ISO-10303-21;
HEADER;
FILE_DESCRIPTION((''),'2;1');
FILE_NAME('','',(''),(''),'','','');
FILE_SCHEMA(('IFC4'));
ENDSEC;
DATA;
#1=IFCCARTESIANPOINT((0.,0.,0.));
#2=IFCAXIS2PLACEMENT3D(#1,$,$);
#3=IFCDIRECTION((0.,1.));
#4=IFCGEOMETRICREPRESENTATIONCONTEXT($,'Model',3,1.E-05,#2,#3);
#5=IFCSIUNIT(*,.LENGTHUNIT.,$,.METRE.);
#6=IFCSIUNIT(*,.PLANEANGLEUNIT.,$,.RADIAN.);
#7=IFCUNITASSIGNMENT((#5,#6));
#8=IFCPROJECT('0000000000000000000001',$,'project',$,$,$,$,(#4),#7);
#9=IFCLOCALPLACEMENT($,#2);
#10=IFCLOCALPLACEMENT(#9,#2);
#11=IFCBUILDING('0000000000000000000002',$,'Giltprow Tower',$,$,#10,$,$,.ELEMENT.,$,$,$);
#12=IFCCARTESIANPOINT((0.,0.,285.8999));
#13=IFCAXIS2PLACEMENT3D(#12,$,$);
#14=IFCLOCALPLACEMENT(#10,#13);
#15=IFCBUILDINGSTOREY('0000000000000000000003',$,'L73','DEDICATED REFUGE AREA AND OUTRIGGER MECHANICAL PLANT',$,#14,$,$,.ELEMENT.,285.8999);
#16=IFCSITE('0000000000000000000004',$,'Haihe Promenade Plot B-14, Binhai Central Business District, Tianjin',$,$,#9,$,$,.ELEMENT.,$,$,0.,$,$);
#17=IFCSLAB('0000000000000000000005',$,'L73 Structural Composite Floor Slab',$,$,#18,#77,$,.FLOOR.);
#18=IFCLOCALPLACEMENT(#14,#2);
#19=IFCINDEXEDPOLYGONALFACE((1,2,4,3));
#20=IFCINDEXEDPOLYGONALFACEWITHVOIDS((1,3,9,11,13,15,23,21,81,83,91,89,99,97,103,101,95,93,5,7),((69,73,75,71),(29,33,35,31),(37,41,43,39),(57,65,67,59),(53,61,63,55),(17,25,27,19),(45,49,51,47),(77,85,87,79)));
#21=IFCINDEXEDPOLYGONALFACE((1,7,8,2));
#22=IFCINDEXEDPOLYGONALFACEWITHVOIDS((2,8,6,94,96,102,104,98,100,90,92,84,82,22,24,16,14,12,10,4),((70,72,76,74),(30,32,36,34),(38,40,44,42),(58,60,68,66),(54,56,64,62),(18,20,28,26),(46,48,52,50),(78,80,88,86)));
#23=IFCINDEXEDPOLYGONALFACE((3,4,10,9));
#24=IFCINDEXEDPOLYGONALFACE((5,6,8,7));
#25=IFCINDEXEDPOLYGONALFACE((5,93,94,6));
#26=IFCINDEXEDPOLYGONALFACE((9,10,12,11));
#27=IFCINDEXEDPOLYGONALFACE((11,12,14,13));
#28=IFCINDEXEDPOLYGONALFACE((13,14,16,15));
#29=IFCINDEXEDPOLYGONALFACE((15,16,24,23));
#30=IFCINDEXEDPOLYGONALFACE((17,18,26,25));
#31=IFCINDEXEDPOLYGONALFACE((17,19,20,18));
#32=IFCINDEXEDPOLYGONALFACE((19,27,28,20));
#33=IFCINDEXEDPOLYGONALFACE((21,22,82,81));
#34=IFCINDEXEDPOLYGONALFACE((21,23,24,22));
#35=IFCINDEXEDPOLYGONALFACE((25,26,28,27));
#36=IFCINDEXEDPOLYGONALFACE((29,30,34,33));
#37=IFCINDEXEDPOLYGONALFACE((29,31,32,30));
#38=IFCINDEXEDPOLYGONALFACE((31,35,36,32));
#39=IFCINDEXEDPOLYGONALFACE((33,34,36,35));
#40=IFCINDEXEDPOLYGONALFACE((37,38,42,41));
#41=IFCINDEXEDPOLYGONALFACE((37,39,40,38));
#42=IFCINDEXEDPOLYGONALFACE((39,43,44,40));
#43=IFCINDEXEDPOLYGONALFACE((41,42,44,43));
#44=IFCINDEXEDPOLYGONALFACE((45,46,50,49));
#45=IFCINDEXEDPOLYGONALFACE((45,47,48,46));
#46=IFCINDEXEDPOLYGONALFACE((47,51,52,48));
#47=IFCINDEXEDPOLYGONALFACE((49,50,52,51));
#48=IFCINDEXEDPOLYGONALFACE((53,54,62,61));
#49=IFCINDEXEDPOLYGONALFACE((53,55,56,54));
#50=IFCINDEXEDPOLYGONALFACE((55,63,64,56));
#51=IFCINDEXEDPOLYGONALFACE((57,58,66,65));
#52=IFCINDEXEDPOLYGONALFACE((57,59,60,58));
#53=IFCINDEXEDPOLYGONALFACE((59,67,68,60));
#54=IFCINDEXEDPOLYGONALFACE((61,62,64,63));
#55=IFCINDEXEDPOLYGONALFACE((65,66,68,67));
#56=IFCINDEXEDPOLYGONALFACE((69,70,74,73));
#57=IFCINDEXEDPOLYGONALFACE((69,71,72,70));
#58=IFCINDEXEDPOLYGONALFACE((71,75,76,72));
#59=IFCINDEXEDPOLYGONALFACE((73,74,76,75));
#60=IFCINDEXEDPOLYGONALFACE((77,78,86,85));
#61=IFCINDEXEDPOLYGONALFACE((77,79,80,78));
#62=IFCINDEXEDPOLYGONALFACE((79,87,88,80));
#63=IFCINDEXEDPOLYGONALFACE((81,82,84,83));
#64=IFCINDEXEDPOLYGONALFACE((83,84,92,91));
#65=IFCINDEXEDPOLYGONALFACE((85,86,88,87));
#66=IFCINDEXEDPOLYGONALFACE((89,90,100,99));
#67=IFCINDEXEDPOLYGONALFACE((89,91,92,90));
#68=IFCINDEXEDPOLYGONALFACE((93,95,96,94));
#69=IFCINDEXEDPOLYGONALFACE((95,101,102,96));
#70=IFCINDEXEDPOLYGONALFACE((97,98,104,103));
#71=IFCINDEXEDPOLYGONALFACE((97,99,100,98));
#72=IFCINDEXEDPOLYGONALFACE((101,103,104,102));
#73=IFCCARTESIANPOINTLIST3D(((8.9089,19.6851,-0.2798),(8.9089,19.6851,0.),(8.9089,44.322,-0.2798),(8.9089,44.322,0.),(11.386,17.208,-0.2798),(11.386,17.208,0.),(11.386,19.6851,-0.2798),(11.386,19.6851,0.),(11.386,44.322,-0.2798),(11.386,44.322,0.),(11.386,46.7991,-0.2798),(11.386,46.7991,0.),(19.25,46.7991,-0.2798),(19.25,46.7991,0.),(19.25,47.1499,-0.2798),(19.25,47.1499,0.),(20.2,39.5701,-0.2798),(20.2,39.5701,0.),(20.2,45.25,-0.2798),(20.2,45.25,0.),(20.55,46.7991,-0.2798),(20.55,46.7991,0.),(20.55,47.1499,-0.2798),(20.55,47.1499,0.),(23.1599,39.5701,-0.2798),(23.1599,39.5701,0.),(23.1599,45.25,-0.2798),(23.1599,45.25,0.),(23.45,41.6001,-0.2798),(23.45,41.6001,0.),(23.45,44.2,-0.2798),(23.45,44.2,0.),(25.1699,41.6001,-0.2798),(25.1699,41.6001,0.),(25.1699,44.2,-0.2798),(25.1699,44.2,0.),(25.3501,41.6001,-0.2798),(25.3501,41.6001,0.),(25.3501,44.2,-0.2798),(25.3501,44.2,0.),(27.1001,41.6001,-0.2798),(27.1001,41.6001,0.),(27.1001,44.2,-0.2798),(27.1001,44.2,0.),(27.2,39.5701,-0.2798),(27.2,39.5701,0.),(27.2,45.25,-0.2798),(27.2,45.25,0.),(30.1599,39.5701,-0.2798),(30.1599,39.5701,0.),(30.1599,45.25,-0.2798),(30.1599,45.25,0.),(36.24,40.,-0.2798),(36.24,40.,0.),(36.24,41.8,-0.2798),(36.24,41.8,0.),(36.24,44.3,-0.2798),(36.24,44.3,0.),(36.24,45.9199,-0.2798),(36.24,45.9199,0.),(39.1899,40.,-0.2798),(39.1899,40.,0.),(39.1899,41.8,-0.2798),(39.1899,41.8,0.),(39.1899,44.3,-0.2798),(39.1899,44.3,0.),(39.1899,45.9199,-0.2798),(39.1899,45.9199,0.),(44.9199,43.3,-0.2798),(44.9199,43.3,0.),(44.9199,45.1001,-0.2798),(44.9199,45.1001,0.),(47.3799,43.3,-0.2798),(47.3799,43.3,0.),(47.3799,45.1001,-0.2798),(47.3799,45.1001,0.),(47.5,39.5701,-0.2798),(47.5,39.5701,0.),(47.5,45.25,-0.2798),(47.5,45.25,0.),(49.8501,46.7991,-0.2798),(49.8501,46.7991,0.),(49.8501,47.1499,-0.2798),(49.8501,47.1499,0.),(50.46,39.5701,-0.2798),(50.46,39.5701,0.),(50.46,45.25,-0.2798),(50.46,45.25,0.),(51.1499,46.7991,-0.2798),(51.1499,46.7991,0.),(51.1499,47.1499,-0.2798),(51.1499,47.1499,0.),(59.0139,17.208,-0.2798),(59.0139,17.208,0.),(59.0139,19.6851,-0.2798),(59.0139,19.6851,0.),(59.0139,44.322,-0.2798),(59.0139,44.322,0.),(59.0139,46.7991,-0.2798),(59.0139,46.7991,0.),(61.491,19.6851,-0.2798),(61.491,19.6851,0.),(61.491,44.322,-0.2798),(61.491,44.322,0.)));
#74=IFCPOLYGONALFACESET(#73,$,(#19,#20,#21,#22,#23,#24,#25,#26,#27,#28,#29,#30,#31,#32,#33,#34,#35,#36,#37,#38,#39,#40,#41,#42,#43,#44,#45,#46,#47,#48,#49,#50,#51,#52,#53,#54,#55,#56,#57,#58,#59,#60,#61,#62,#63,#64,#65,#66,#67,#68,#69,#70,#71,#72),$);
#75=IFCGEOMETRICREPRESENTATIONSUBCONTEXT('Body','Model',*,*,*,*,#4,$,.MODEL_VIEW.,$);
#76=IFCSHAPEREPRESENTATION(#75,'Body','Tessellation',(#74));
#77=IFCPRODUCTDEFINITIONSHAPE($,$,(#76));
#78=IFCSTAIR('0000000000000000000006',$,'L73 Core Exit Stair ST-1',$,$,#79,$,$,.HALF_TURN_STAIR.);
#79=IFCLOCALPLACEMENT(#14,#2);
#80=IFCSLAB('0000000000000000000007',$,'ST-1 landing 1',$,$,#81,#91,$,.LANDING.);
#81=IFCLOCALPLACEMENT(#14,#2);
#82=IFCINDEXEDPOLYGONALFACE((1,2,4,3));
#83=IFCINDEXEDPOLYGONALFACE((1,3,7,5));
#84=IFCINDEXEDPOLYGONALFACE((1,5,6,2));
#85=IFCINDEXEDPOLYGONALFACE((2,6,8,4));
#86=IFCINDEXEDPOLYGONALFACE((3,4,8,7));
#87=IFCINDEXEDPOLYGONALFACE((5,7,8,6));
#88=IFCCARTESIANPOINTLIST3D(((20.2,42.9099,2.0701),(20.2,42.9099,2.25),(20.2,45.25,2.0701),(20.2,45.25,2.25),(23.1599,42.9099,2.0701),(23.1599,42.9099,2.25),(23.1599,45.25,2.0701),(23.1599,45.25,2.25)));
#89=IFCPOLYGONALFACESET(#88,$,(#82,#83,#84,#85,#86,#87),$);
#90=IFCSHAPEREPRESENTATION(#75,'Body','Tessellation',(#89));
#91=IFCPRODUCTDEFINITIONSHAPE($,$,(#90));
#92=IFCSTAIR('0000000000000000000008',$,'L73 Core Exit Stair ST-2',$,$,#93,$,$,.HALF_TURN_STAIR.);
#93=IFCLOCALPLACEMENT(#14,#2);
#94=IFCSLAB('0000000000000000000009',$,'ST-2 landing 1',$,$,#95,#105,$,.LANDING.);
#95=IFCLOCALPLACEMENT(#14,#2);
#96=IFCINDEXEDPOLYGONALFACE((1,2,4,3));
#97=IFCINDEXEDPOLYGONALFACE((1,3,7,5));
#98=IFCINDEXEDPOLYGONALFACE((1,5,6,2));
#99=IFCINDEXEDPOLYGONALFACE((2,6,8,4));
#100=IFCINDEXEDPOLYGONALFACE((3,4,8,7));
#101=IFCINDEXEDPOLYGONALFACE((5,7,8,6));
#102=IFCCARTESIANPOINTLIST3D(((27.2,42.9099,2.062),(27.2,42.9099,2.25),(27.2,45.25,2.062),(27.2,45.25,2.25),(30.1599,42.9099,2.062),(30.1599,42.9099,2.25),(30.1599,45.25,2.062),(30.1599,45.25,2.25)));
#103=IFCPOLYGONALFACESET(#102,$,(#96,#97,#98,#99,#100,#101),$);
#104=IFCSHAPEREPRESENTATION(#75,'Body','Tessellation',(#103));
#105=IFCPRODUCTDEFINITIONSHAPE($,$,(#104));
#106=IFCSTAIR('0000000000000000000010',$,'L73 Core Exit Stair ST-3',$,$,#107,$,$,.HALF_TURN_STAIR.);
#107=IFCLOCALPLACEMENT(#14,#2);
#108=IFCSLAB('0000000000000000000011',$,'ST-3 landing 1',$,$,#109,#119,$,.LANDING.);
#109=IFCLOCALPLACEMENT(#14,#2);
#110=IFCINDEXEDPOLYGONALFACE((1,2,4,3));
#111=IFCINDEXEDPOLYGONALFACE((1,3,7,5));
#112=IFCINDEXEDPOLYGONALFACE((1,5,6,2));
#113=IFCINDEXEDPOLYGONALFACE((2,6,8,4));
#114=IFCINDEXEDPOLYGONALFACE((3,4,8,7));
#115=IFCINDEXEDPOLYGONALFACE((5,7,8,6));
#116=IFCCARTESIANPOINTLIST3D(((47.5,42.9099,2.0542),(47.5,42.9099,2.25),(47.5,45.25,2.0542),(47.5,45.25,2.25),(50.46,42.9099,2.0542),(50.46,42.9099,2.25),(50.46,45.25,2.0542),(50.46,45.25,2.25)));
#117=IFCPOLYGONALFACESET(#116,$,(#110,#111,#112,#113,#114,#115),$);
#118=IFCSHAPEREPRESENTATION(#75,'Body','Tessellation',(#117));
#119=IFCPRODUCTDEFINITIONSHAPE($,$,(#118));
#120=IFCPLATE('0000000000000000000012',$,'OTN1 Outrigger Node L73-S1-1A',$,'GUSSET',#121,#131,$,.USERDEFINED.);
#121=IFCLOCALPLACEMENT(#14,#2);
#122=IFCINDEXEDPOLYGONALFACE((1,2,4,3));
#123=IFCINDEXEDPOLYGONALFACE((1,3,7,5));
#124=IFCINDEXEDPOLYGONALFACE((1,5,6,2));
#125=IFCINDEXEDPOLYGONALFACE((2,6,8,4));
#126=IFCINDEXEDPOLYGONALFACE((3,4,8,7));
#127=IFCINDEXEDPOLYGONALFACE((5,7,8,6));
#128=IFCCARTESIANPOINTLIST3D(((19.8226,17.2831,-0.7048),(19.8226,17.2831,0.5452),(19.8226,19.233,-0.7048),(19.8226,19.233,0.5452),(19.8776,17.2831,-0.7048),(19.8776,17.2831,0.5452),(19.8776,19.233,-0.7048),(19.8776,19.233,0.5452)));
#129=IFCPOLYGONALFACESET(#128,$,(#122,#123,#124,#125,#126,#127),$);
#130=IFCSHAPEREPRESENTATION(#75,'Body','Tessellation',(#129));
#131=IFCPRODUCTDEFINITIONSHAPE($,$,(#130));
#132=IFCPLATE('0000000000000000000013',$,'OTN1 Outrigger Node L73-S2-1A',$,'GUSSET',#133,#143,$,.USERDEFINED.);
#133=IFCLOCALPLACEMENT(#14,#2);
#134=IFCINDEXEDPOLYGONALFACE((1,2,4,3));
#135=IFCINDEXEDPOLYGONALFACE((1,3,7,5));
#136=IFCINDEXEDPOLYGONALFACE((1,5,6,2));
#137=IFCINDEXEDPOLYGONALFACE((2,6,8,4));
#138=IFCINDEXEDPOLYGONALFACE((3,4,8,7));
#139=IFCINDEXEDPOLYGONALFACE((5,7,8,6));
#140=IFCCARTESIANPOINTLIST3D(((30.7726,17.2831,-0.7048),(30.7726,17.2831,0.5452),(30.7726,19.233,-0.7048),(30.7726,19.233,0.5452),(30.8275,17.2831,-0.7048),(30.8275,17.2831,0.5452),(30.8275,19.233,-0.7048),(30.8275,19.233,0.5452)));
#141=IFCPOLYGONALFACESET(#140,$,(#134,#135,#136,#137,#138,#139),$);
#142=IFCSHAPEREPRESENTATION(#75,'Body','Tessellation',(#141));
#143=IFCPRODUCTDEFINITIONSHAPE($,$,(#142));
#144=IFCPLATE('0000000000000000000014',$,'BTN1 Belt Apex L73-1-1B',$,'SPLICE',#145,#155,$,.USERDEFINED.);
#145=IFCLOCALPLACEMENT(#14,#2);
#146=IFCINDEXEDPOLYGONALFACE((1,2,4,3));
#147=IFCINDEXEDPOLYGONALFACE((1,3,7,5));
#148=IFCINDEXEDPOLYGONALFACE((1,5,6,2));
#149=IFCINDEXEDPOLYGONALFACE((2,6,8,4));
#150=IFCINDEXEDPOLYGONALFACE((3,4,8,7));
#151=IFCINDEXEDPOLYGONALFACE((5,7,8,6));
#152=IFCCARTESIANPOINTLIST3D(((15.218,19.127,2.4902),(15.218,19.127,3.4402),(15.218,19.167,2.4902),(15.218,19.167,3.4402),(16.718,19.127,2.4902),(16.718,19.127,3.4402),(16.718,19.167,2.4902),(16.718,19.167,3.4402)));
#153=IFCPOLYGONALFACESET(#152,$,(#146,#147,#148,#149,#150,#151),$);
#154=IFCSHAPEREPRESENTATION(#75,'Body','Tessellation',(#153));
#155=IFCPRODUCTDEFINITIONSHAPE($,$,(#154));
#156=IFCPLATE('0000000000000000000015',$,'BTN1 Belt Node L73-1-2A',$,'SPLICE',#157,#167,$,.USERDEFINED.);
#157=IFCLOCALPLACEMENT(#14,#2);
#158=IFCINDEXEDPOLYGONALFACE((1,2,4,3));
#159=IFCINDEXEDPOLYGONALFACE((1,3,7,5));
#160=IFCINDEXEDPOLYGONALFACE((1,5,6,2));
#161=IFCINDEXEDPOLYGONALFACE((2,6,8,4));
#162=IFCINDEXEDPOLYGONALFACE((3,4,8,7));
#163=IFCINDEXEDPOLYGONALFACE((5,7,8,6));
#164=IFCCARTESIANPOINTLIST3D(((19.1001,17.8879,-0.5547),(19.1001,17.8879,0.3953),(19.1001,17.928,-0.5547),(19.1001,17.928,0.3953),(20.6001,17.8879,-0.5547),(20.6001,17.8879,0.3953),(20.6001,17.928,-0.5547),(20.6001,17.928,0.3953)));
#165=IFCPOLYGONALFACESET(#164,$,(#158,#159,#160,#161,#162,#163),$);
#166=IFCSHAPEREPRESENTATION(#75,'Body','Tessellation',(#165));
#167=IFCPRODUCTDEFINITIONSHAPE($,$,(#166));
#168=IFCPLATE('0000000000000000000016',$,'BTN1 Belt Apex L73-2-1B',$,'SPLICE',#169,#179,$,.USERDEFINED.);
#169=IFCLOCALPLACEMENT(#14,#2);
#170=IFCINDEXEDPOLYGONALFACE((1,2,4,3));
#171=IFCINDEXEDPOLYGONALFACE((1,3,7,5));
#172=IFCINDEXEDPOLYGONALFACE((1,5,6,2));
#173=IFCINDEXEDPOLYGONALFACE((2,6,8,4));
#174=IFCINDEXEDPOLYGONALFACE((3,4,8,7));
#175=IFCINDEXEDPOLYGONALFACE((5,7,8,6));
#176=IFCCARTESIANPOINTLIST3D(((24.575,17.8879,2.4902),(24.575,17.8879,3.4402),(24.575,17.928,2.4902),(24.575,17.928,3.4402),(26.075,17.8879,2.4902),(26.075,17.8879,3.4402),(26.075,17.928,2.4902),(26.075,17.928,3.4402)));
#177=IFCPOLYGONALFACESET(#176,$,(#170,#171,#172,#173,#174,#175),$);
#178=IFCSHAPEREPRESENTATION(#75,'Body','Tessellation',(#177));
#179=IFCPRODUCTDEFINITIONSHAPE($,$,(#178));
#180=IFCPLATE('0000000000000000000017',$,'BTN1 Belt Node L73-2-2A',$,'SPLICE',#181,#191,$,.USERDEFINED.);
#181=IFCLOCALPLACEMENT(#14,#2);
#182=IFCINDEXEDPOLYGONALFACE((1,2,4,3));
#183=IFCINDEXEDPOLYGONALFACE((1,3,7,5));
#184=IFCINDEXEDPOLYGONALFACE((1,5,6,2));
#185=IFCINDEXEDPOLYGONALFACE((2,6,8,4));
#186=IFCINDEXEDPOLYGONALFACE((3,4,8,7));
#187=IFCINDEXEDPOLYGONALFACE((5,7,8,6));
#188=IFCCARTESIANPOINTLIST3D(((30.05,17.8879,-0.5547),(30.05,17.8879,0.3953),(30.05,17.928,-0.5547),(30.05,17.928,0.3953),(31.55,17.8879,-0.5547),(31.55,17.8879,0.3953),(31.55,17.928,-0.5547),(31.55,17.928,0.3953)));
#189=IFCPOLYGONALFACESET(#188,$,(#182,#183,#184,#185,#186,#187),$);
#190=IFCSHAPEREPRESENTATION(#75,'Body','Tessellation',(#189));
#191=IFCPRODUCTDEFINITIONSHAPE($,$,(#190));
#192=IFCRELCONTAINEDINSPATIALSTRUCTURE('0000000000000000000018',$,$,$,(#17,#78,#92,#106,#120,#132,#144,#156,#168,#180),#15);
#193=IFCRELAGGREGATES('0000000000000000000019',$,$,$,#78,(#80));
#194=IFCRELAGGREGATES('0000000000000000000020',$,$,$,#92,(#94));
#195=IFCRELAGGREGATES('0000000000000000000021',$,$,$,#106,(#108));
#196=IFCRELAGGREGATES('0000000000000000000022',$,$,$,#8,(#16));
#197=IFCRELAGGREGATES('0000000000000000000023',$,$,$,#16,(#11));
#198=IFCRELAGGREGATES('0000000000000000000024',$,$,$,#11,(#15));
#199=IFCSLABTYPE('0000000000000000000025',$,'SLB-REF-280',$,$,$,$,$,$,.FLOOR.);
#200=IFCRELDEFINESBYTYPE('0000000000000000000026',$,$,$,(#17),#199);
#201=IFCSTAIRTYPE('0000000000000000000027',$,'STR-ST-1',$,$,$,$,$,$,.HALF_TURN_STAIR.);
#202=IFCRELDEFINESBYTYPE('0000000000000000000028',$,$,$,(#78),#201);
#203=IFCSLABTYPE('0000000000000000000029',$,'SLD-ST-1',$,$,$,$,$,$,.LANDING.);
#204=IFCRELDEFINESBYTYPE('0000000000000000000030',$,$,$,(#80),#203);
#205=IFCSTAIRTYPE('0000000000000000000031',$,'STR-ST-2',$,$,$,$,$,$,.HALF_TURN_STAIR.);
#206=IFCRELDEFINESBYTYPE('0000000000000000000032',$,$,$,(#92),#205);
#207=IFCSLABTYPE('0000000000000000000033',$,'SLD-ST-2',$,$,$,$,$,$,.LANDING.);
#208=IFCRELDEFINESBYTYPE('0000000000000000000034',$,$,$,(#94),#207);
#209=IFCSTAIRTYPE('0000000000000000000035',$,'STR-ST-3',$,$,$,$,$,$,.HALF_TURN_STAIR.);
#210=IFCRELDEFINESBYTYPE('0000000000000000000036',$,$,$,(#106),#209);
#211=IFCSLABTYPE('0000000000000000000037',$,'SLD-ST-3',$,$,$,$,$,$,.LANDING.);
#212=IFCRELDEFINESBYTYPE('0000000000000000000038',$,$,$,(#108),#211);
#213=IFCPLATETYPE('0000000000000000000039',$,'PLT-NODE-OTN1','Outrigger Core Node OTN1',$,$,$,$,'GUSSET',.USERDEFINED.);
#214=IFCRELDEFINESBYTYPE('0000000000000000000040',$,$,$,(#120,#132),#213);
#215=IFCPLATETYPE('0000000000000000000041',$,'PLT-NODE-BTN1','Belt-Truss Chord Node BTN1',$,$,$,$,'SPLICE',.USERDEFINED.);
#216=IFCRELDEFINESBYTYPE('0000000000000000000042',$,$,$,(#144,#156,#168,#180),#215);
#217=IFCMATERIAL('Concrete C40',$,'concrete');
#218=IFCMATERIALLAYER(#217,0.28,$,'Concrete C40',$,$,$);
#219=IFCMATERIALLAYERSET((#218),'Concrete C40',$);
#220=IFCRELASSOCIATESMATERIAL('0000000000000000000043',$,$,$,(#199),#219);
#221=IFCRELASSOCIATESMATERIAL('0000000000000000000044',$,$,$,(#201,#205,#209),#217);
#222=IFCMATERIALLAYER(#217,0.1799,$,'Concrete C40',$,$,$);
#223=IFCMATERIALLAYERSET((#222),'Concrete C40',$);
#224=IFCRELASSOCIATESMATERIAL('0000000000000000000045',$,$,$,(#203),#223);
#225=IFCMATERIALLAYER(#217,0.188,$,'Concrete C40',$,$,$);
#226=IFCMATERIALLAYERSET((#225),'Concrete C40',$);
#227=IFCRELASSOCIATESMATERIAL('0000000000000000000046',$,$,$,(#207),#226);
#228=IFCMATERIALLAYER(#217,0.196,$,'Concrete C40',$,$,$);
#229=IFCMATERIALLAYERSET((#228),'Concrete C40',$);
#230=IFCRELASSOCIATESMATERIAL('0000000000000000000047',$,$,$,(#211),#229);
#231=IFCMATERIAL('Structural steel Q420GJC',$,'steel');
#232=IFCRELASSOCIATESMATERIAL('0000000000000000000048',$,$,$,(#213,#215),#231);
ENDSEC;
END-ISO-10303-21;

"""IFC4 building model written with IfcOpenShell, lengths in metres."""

from ifc_helpers import new_model, si_unit, direction, frame, origin, origin_2d, place, context, subcontext, project, spatial, polyline, rectangle, outline, extrude, source, transform, mapped, material, layer, layer_set, type_object, element, aggregate, save


model = new_model("IFC4")

# Units and contexts
model_context = context("Model", 3, precision=1e-05, world=origin(), true_north=direction((0.0, 1.0)))
body_context = subcontext(model_context, "Body", "Model", "MODEL_VIEW")
ifc_project = project(units=[si_unit("LENGTHUNIT", "METRE"), si_unit("PLANEANGLEUNIT", "RADIAN")], contexts=[model_context])

# Site, building, storey
site_placement = place(None, origin())
site = spatial("IfcSite", under=ifc_project, at=site_placement, Name="Haihe Promenade Plot B-14, Binhai Central Business District, Tianjin", CompositionType="ELEMENT", RefElevation=0.0)
building_placement = place(site_placement, origin())
building = spatial("IfcBuilding", under=site, at=building_placement, Name="Giltprow Tower", CompositionType="ELEMENT")
storey_placement = place(building_placement, frame((0.0, 0.0, 285.8999)))
storey = spatial("IfcBuildingStorey", under=building, at=storey_placement, Name="L73", Description="DEDICATED REFUGE AREA AND OUTRIGGER MECHANICAL PLANT", CompositionType="ELEMENT", Elevation=285.8999)

# Shared definitions
ifc_material_1 = material(Name="Structural steel Q420GJC", Category="steel")

# Slab
ifc_material_2 = material(Name="Concrete C40", Category="concrete")
ifc_layer_1 = layer(ifc_material_2, 0.28, Name="Concrete C40")
ifc_layer_set_1 = layer_set([ifc_layer_1], Name="Concrete C40")
slab_type_1 = type_object("IfcSlabType", Name="SLB-REF-280", PredefinedType="FLOOR", material=ifc_layer_set_1)
slab_1_placement = place(storey_placement, frame((0.0, 0.0, -0.2798)))
element("IfcSlab", 1, at=slab_1_placement, inside=storey, type_object=slab_type_1, Name="L73 Structural Composite Floor Slab", PredefinedType="FLOOR", context=body_context, shape_type="SweptSolid", body=[
    extrude(outline(polyline([(61.491, 44.322), (61.491, 19.6851), (59.0139, 19.6851), (59.0139, 17.208), (11.386, 17.208), (11.386, 19.6851), (8.9089, 19.6851), (8.9089, 44.322), (11.386, 44.322), (11.386, 46.7991), (19.25, 46.7991), (19.25, 47.1499), (20.55, 47.1499), (20.55, 46.7991), (49.8501, 46.7991), (49.8501, 47.1499), (51.1499, 47.1499), (51.1499, 46.7991), (59.0139, 46.7991), (59.0139, 44.322), (61.491, 44.322)]), holes=[polyline([(39.1899, 41.8), (36.24, 41.8), (36.24, 40.0), (39.1899, 40.0), (39.1899, 41.8)]), polyline([(23.1599, 45.25), (20.2, 45.25), (20.2, 39.5701), (23.1599, 39.5701), (23.1599, 45.25)]), polyline([(30.1599, 45.25), (27.2, 45.25), (27.2, 39.5701), (30.1599, 39.5701), (30.1599, 45.25)]), polyline([(50.46, 45.25), (47.5, 45.25), (47.5, 39.5701), (50.46, 39.5701), (50.46, 45.25)]), polyline([(25.1699, 44.2), (23.45, 44.2), (23.45, 41.6001), (25.1699, 41.6001), (25.1699, 44.2)]), polyline([(27.1001, 44.2), (25.3501, 44.2), (25.3501, 41.6001), (27.1001, 41.6001), (27.1001, 44.2)]), polyline([(47.3799, 45.1001), (44.9199, 45.1001), (44.9199, 43.3), (47.3799, 43.3), (47.3799, 45.1001)]), polyline([(39.1899, 45.9199), (36.24, 45.9199), (36.24, 44.3), (39.1899, 44.3), (39.1899, 45.9199)])]), origin(), (0.0, 0.0, 1.0), 0.2798),
])

# Stairs, slabs
stair_type_1 = type_object("IfcStairType", Name="STR-ST-1", PredefinedType="HALF_TURN_STAIR", material=ifc_material_2)
stair_1_placement = place(storey_placement, origin())
stair_1 = element("IfcStair", 2, at=stair_1_placement, inside=storey, type_object=stair_type_1, Name="L73 Core Exit Stair ST-1", PredefinedType="HALF_TURN_STAIR")
ifc_layer_2 = layer(ifc_material_2, 0.1799, Name="Concrete C40")
ifc_layer_set_2 = layer_set([ifc_layer_2], Name="Concrete C40")
slab_type_2 = type_object("IfcSlabType", Name="SLD-ST-1", PredefinedType="LANDING", material=ifc_layer_set_2)
slab_2_placement = place(storey_placement, frame((0.0, 0.0, 2.0701)))
slab_2 = element("IfcSlab", 3, at=slab_2_placement, type_object=slab_type_2, Name="ST-1 landing 1", PredefinedType="LANDING", context=body_context, shape_type="SweptSolid", body=[
    extrude(outline(polyline([(23.1599, 42.9099), (23.1599, 45.25), (20.2, 45.25), (20.2, 42.9099), (23.1599, 42.9099)])), origin(), (0.0, 0.0, 1.0), 0.1799),
])
aggregate(stair_1, [slab_2])
stair_type_2 = type_object("IfcStairType", Name="STR-ST-2", PredefinedType="HALF_TURN_STAIR", material=ifc_material_2)
stair_2_placement = place(storey_placement, origin())
stair_2 = element("IfcStair", 4, at=stair_2_placement, inside=storey, type_object=stair_type_2, Name="L73 Core Exit Stair ST-2", PredefinedType="HALF_TURN_STAIR")
ifc_layer_3 = layer(ifc_material_2, 0.188, Name="Concrete C40")
ifc_layer_set_3 = layer_set([ifc_layer_3], Name="Concrete C40")
slab_type_3 = type_object("IfcSlabType", Name="SLD-ST-2", PredefinedType="LANDING", material=ifc_layer_set_3)
slab_3_placement = place(storey_placement, frame((0.0, 0.0, 2.062)))
slab_3 = element("IfcSlab", 5, at=slab_3_placement, type_object=slab_type_3, Name="ST-2 landing 1", PredefinedType="LANDING", context=body_context, shape_type="SweptSolid", body=[
    extrude(outline(polyline([(30.1599, 42.9099), (30.1599, 45.25), (27.2, 45.25), (27.2, 42.9099), (30.1599, 42.9099)])), origin(), (0.0, 0.0, 1.0), 0.188),
])
aggregate(stair_2, [slab_3])
stair_type_3 = type_object("IfcStairType", Name="STR-ST-3", PredefinedType="HALF_TURN_STAIR", material=ifc_material_2)
stair_3_placement = place(storey_placement, origin())
stair_3 = element("IfcStair", 6, at=stair_3_placement, inside=storey, type_object=stair_type_3, Name="L73 Core Exit Stair ST-3", PredefinedType="HALF_TURN_STAIR")
ifc_layer_4 = layer(ifc_material_2, 0.196, Name="Concrete C40")
ifc_layer_set_4 = layer_set([ifc_layer_4], Name="Concrete C40")
slab_type_4 = type_object("IfcSlabType", Name="SLD-ST-3", PredefinedType="LANDING", material=ifc_layer_set_4)
slab_4_placement = place(storey_placement, frame((0.0, 0.0, 2.0542)))
slab_4 = element("IfcSlab", 7, at=slab_4_placement, type_object=slab_type_4, Name="ST-3 landing 1", PredefinedType="LANDING", context=body_context, shape_type="SweptSolid", body=[
    extrude(outline(polyline([(50.46, 42.9099), (50.46, 45.25), (47.5, 45.25), (47.5, 42.9099), (50.46, 42.9099)])), origin(), (0.0, 0.0, 1.0), 0.1958),
])
aggregate(stair_3, [slab_4])

# Plates
plate_type_1 = type_object("IfcPlateType", Name="PLT-NODE-OTN1", Description="Outrigger Core Node OTN1", ElementType="GUSSET", PredefinedType="USERDEFINED", material=ifc_material_1)
shared_shape_1 = source(origin(), body_context, "Body", "SweptSolid", [
    extrude(rectangle(XDim=1.95, YDim=0.0549, at=origin_2d()), origin(), (0.0, 0.0, 1.0), 1.25),
])
for number, where, z_axis, x_axis, name in (
    (8, (19.8501, 18.2581, -0.7048), (0.0, 0.0, 1.0), (0.0, 1.0, 0.0), "OTN1 Outrigger Node L73-S1-1A"),
    (9, (30.8, 18.2581, -0.7048), (0.0, 0.0, 1.0), (0.0, 1.0, 0.0), "OTN1 Outrigger Node L73-S2-1A"),
):
    element("IfcPlate", number, at=place(storey_placement, frame(where, z_axis=z_axis, x_axis=x_axis)), inside=storey, type_object=plate_type_1, Name=name, ObjectType="GUSSET", PredefinedType="USERDEFINED", context=body_context, shape_type="MappedRepresentation", body=[
        mapped(shared_shape_1, transform((0.0, 0.0, 0.0), x_axis=(1.0, 0.0, 0.0), y_axis=(0.0, 1.0, 0.0), z_axis=(0.0, 0.0, 1.0), scale=1.0)),
    ])
plate_type_2 = type_object("IfcPlateType", Name="PLT-NODE-BTN1", Description="Belt-Truss Chord Node BTN1", ElementType="SPLICE", PredefinedType="USERDEFINED", material=ifc_material_1)
shared_shape_2 = source(origin(), body_context, "Body", "SweptSolid", [
    extrude(rectangle(XDim=1.5, YDim=0.04, at=origin_2d()), origin(), (0.0, 0.0, 1.0), 0.95),
])
for number, where, z_axis, x_axis, name in (
    (10, (15.968, 19.147, 2.4902), (0.0, 0.0, 1.0), (1.0, 0.0, 0.0), "BTN1 Belt Apex L73-1-1B"),
    (11, (19.8501, 17.908, -0.5547), (0.0, 0.0, 1.0), (1.0, 0.0, 0.0), "BTN1 Belt Node L73-1-2A"),
    (12, (25.325, 17.908, 2.4902), (0.0, 0.0, 1.0), (1.0, 0.0, 0.0), "BTN1 Belt Apex L73-2-1B"),
    (13, (30.8, 17.908, -0.5547), (0.0, 0.0, 1.0), (1.0, 0.0, 0.0), "BTN1 Belt Node L73-2-2A"),
):
    element("IfcPlate", number, at=place(storey_placement, frame(where, z_axis=z_axis, x_axis=x_axis)), inside=storey, type_object=plate_type_2, Name=name, ObjectType="SPLICE", PredefinedType="USERDEFINED", context=body_context, shape_type="MappedRepresentation", body=[
        mapped(shared_shape_2, transform((0.0, 0.0, 0.0), x_axis=(1.0, 0.0, 0.0), y_axis=(0.0, 1.0, 0.0), z_axis=(0.0, 0.0, 1.0), scale=1.0)),
    ])

save(model, "model.ifc")
